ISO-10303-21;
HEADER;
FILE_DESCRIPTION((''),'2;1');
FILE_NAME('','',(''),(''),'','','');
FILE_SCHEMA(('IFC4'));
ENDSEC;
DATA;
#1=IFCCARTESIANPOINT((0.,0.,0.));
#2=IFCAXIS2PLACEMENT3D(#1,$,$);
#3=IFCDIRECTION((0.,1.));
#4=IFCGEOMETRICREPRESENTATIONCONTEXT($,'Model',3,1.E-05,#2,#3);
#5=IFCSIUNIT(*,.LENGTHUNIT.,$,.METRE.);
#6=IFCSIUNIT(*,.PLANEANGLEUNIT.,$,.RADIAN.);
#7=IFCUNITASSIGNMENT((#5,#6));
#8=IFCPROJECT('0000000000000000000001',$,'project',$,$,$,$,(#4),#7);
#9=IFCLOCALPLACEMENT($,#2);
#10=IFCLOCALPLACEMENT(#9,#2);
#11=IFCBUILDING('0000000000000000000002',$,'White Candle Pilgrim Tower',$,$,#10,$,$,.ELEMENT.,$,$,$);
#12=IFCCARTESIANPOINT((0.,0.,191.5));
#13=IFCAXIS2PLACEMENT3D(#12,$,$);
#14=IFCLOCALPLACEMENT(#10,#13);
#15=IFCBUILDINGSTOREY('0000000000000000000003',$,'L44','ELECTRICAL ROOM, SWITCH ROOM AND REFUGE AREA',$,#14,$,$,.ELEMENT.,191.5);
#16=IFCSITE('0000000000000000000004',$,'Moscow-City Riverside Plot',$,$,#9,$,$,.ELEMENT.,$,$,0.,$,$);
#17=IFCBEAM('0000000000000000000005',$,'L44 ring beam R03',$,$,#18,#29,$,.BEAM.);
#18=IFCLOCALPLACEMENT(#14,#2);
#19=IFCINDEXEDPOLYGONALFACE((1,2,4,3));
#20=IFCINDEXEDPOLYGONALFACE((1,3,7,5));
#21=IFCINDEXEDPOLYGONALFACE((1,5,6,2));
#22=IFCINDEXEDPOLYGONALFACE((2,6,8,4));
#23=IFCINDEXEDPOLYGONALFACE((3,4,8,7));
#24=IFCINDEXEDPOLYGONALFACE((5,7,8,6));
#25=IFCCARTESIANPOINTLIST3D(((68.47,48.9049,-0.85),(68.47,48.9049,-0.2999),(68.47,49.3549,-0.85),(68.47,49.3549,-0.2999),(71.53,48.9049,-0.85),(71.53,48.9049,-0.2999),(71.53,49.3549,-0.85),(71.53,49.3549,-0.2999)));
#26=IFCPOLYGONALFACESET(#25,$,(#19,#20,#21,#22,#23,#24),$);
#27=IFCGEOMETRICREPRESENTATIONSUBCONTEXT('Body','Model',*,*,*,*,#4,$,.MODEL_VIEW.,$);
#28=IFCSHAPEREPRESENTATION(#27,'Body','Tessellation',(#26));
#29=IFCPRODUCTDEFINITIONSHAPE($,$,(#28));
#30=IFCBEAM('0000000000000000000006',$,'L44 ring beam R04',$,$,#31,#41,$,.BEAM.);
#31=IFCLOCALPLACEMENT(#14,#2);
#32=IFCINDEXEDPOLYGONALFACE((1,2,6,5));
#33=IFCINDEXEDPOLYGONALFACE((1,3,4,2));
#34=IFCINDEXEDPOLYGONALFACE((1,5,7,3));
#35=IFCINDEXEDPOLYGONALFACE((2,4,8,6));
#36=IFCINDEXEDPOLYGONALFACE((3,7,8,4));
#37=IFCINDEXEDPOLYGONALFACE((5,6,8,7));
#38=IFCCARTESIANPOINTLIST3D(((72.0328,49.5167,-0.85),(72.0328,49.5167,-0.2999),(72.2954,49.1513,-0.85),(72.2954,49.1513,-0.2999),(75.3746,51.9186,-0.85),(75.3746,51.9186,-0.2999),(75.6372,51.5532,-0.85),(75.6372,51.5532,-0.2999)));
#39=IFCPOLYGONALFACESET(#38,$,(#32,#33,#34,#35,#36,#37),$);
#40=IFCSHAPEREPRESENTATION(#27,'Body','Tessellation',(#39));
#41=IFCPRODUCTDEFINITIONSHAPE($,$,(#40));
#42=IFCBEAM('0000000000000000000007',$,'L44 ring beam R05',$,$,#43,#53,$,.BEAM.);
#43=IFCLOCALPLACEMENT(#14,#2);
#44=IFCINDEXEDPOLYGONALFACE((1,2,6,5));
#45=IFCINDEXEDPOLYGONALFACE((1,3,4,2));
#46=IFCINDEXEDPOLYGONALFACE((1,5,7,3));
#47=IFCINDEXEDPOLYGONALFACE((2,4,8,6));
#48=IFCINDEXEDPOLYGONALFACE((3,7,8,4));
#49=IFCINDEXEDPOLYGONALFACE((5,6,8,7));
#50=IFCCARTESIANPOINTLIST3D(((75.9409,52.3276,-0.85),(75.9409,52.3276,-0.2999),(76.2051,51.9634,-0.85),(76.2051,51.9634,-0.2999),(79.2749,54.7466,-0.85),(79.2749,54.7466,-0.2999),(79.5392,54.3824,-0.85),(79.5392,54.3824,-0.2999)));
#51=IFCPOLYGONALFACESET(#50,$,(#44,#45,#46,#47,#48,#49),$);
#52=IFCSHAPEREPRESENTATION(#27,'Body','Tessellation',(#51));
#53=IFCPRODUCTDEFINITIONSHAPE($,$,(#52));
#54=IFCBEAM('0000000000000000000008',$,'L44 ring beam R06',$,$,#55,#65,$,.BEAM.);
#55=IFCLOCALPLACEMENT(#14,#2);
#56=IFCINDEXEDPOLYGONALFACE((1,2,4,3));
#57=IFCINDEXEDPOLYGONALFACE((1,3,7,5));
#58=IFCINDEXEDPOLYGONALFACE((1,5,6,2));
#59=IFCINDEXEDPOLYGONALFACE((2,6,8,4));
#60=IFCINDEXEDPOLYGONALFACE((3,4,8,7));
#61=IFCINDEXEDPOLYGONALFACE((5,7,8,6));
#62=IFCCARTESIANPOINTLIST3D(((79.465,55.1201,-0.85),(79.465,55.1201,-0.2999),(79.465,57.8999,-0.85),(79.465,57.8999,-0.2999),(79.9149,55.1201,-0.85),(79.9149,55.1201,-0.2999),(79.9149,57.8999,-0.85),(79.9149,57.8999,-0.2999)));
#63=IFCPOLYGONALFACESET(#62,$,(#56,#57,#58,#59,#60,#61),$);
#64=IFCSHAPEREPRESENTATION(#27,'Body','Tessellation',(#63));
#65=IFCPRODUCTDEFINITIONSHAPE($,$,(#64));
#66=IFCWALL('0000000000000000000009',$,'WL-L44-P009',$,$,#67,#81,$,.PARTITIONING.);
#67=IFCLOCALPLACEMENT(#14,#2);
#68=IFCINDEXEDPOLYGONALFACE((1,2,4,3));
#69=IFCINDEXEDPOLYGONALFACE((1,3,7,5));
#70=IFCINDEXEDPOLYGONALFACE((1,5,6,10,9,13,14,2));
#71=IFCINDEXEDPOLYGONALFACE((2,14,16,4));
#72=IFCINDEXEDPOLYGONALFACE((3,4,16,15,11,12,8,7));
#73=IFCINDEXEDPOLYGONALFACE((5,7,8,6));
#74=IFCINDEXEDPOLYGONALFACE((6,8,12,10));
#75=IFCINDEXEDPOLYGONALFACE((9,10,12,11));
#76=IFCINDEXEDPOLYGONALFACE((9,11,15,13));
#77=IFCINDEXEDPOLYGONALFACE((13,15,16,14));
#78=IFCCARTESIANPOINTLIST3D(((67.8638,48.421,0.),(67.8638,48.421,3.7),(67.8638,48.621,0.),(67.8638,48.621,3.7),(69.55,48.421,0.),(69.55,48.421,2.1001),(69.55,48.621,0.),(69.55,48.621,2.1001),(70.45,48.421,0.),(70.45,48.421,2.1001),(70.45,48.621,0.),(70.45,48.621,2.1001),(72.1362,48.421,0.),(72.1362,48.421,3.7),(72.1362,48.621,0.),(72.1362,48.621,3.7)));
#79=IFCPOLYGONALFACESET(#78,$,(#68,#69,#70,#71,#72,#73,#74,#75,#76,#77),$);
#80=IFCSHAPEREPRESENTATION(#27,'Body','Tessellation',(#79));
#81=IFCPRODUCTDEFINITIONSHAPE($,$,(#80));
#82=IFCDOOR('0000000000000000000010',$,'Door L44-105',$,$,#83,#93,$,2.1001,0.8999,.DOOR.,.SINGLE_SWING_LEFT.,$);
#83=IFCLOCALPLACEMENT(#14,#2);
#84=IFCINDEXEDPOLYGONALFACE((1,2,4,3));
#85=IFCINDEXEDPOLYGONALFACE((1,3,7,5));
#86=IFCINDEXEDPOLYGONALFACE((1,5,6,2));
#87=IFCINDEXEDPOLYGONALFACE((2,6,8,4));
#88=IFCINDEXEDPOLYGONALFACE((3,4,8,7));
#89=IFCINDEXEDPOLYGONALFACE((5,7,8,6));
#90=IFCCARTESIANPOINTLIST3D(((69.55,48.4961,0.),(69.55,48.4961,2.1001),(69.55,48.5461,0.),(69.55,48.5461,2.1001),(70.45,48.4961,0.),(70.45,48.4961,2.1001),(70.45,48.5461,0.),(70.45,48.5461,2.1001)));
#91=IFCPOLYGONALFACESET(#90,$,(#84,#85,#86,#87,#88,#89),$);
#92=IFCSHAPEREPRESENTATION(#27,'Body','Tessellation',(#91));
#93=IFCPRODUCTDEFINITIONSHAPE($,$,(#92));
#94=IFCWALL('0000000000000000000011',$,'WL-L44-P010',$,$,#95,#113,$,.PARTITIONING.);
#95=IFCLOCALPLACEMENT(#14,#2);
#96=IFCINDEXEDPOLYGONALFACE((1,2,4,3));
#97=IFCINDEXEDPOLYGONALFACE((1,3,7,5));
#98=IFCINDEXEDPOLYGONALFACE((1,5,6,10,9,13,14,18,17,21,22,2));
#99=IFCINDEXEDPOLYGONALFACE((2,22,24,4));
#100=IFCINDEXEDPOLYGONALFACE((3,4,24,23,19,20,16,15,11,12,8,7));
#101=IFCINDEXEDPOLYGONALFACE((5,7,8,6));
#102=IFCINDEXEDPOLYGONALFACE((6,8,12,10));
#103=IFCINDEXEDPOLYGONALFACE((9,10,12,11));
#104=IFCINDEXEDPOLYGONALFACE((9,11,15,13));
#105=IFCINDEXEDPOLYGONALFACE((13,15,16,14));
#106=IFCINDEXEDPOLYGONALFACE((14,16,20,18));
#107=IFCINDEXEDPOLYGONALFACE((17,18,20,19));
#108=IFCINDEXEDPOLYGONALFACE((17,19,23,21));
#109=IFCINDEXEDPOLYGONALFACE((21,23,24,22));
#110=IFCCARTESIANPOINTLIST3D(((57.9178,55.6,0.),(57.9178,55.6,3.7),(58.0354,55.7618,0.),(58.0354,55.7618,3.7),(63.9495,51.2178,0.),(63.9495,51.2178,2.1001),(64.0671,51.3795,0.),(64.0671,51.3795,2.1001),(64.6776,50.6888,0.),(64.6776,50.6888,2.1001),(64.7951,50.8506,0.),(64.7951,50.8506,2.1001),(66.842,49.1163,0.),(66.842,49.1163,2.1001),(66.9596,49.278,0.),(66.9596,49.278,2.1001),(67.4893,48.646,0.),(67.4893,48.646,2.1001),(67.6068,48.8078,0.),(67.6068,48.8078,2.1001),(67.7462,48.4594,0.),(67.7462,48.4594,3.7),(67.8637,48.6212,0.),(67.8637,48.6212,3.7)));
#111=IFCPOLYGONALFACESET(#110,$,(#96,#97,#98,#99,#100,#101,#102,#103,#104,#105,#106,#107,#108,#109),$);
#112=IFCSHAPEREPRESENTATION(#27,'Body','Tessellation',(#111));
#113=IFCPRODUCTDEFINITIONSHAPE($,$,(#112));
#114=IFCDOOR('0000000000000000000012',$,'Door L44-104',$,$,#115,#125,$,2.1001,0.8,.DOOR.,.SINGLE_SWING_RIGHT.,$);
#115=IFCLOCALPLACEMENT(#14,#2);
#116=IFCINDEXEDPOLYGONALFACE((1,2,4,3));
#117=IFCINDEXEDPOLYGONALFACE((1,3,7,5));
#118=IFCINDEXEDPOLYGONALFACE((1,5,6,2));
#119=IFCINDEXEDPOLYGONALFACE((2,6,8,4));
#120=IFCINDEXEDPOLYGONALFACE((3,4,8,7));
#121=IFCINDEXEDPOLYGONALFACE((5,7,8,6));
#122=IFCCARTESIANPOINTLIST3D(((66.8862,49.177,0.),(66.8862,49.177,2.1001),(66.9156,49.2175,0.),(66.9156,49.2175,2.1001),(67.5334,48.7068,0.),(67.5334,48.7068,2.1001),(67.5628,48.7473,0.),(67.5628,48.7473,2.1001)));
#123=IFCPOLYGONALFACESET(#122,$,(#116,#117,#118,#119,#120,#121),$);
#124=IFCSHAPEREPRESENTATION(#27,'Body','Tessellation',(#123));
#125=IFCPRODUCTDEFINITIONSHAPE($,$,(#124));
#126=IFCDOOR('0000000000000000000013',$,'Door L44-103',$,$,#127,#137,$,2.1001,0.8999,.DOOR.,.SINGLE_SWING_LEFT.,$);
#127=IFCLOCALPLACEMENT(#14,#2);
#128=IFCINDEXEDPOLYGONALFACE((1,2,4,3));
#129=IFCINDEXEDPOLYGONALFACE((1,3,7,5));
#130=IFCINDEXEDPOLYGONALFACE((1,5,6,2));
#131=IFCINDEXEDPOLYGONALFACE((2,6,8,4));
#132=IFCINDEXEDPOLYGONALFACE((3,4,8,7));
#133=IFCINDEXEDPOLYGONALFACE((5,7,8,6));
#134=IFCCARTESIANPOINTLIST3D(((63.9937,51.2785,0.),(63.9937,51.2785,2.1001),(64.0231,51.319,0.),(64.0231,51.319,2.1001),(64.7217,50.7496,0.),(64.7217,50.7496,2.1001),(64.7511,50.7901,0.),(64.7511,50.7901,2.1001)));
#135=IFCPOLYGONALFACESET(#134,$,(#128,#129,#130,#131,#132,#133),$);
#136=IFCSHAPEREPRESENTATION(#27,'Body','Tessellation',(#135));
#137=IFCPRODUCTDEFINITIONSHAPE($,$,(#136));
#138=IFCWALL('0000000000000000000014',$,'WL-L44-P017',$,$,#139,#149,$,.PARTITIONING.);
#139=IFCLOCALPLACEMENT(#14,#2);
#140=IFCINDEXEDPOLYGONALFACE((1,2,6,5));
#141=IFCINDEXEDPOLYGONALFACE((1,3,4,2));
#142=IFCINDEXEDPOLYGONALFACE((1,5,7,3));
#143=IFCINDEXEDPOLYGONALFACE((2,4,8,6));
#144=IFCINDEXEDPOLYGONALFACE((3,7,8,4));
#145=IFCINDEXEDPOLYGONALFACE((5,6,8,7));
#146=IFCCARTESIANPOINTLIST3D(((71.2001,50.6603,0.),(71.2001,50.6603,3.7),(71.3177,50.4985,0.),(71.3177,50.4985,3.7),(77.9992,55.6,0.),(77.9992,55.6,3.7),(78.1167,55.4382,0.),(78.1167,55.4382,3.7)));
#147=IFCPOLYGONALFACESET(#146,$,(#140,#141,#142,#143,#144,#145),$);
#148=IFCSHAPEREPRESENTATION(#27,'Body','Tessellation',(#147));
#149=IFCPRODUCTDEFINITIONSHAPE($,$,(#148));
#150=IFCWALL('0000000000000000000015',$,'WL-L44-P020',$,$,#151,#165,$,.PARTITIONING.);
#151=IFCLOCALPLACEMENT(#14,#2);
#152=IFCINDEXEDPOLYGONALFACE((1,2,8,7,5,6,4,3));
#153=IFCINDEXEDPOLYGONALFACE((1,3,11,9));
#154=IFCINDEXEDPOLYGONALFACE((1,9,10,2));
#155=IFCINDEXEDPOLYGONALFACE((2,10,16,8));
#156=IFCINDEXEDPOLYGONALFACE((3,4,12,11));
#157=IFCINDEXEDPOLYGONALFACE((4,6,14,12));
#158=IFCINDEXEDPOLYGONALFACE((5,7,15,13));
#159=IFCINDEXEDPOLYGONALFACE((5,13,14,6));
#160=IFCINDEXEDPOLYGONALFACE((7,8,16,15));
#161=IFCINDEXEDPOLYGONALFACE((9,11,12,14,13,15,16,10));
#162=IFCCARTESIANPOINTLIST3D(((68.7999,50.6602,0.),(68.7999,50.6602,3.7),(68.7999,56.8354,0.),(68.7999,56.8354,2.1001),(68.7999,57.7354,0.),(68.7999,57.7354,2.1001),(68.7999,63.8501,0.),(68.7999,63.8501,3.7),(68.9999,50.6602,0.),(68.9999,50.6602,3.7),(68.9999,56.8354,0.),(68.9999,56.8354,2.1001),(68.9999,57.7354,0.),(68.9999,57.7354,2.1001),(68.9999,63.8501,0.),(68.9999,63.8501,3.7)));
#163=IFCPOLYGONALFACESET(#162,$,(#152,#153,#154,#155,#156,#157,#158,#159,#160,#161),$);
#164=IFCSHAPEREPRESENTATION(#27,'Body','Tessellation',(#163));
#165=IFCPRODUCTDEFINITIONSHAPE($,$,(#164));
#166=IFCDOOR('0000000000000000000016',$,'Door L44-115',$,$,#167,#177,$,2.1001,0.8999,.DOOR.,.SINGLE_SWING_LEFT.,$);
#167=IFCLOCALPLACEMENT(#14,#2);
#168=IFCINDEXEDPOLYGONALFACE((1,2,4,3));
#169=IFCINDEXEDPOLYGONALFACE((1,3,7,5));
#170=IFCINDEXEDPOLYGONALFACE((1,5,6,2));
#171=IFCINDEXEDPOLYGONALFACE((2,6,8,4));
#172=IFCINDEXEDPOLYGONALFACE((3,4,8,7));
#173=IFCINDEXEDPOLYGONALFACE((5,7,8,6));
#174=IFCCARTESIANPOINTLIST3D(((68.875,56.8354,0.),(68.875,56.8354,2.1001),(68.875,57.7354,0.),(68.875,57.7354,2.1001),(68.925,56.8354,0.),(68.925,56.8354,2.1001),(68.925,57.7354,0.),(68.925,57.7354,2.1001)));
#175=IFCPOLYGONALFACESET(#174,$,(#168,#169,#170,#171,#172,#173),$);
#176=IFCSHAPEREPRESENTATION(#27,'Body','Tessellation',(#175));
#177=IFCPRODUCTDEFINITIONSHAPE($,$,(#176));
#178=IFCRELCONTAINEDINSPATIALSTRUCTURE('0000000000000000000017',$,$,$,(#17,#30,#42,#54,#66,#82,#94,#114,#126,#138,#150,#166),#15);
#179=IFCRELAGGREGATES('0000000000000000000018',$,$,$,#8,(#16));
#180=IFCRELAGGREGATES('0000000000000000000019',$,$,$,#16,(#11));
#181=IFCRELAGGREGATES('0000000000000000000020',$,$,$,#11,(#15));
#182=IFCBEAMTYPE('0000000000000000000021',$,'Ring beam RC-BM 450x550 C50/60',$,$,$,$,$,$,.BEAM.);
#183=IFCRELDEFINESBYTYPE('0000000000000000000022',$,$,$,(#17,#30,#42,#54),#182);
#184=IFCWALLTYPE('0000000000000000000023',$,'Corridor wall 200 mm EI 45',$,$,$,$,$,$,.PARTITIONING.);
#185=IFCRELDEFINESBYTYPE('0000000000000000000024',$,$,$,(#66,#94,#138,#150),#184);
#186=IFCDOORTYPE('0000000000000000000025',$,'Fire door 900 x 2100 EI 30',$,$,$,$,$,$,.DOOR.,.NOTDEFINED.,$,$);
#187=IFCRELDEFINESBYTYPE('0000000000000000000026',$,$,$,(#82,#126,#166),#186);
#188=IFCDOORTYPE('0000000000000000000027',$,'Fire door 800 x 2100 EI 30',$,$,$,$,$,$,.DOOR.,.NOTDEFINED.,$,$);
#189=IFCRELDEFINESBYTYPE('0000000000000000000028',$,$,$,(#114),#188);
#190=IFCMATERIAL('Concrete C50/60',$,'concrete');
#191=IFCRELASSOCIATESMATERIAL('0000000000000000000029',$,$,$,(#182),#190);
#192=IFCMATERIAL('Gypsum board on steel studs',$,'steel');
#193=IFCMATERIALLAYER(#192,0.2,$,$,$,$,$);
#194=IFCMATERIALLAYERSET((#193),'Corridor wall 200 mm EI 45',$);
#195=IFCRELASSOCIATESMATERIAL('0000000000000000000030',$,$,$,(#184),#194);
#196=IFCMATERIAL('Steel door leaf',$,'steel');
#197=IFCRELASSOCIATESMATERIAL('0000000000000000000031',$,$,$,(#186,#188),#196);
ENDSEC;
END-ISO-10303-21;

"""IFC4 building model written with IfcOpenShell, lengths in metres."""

from ifc_helpers import new_model, si_unit, direction, frame, frame_2d, origin, origin_2d, place, context, subcontext, project, spatial, rectangle, extrude, material, layer, layer_set, material_profile, profile_set, type_object, element, fill, save


model = new_model("IFC4")

# Units and contexts
model_context = context("Model", 3, precision=1e-05, world=origin(), true_north=direction((0.0, 1.0)))
body_context = subcontext(model_context, "Body", "Model", "MODEL_VIEW")
ifc_project = project(units=[si_unit("LENGTHUNIT", "METRE"), si_unit("PLANEANGLEUNIT", "RADIAN")], contexts=[model_context])

# Site, building, storey
site_placement = place(None, origin())
site = spatial("IfcSite", under=ifc_project, at=site_placement, Name="Moscow-City Riverside Plot", CompositionType="ELEMENT", RefElevation=0.0)
building_placement = place(site_placement, origin())
building = spatial("IfcBuilding", under=site, at=building_placement, Name="White Candle Pilgrim Tower", CompositionType="ELEMENT")
storey_placement = place(building_placement, frame((0.0, 0.0, 191.5)))
storey = spatial("IfcBuildingStorey", under=building, at=storey_placement, Name="L44", Description="ELECTRICAL ROOM, SWITCH ROOM AND REFUGE AREA", CompositionType="ELEMENT", Elevation=191.5)

# Beams
ifc_material_1 = material(Name="Concrete C50/60", Category="concrete")
ifc_material_profile_1 = material_profile(ifc_material_1, rectangle(XDim=0.45, YDim=0.55, at=origin_2d()), Name="RC-BM 450x550")
ifc_profile_set_1 = profile_set([ifc_material_profile_1], Name="Concrete C50/60")
beam_type = type_object("IfcBeamType", Name="Ring beam RC-BM 450x550 C50/60", PredefinedType="BEAM", material=ifc_profile_set_1)
beam_1_placement = place(storey_placement, frame((68.47, 49.1299, -0.575), z_axis=(1.0, 0.0, 0.0), x_axis=(0.0, 1.0, 0.0)))
element("IfcBeam", 1, at=beam_1_placement, inside=storey, type_object=beam_type, Name="L44 ring beam R03", PredefinedType="BEAM", context=body_context, shape_type="SweptSolid", body=[
    extrude(rectangle(XDim=0.45, YDim=0.55, at=origin_2d()), origin(), (0.0, 0.0, 1.0), 3.0601),
])
beam_2_placement = place(storey_placement, frame((72.1641, 49.334, -0.575), z_axis=(0.812022, 0.583626, 0.0), x_axis=(-0.583626, 0.812022, 0.0)))
element("IfcBeam", 2, at=beam_2_placement, inside=storey, type_object=beam_type, Name="L44 ring beam R04", PredefinedType="BEAM", context=body_context, shape_type="SweptSolid", body=[
    extrude(rectangle(XDim=0.45, YDim=0.55, at=origin_2d()), origin(), (0.0, 0.0, 1.0), 4.1155),
])
beam_3_placement = place(storey_placement, frame((76.073, 52.1455, -0.575), z_axis=(0.809402, 0.587255, 0.0), x_axis=(-0.587255, 0.809402, 0.0)))
element("IfcBeam", 3, at=beam_3_placement, inside=storey, type_object=beam_type, Name="L44 ring beam R05", PredefinedType="BEAM", context=body_context, shape_type="SweptSolid", body=[
    extrude(rectangle(XDim=0.45, YDim=0.55, at=origin_2d()), origin(), (0.0, 0.0, 1.0), 4.1191),
])
beam_4_placement = place(storey_placement, frame((79.6899, 55.1201, -0.575), z_axis=(0.0, 1.0, 0.0), x_axis=(-1.0, 0.0, 0.0)))
element("IfcBeam", 4, at=beam_4_placement, inside=storey, type_object=beam_type, Name="L44 ring beam R06", PredefinedType="BEAM", context=body_context, shape_type="SweptSolid", body=[
    extrude(rectangle(XDim=0.45, YDim=0.55, at=origin_2d()), origin(), (0.0, 0.0, 1.0), 2.7798),
])

# Wall, opening, door
ifc_material_2 = material(Name="Gypsum board on steel studs", Category="steel")
ifc_layer_1 = layer(ifc_material_2, 0.2)
ifc_layer_set_1 = layer_set([ifc_layer_1], Name="Corridor wall 200 mm EI 45")
wall_type_1 = type_object("IfcWallType", Name="Corridor wall 200 mm EI 45", PredefinedType="PARTITIONING", material=ifc_layer_set_1)
wall_1_placement = place(storey_placement, frame((72.1362, 48.521, 0.0), z_axis=(0.0, 0.0, 1.0), x_axis=(-1.0, 0.0, 0.0)))
wall_1 = element("IfcWall", 5, at=wall_1_placement, inside=storey, type_object=wall_type_1, Name="WL-L44-P009", PredefinedType="PARTITIONING", context=body_context, shape_type="SweptSolid", body=[
    extrude(rectangle(XDim=4.2725, YDim=0.2, at=frame_2d((2.1362, 0.0))), origin(), (0.0, 0.0, 1.0), 3.7),
])
opening_1_placement = place(wall_1_placement, frame((1.6863, 0.0, 0.0)))
opening_1 = element("IfcOpeningElement", 6, at=opening_1_placement, cuts=wall_1, PredefinedType="OPENING", context=body_context, shape_type="SweptSolid", body=[
    extrude(rectangle(XDim=0.8999, YDim=2.1001, at=frame_2d((0.45, 1.05))), frame((0.0, 0.1099, 0.0), z_axis=(0.0, -1.0, 0.0), x_axis=(1.0, 0.0, 0.0)), (0.0, 0.0, 1.0), 0.22),
])
ifc_material_3 = material(Name="Steel door leaf", Category="steel")
door_type_1 = type_object("IfcDoorType", Name="Fire door 900 x 2100 EI 30", OperationType="NOTDEFINED", PredefinedType="DOOR", material=ifc_material_3)
door_1_placement = place(opening_1_placement, origin())
door_1 = element("IfcDoor", 7, at=door_1_placement, inside=storey, type_object=door_type_1, Name="Door L44-105", OperationType="SINGLE_SWING_LEFT", OverallHeight=2.1001, OverallWidth=0.8999, PredefinedType="DOOR", context=body_context, shape_type="SweptSolid", body=[
    extrude(rectangle(XDim=0.8999, YDim=2.1001, at=frame_2d((0.45, 1.05))), frame((0.0, 0.0249, 0.0), z_axis=(0.0, -1.0, 0.0), x_axis=(1.0, 0.0, 0.0)), (0.0, 0.0, 1.0), 0.05),
])
fill(opening_1, door_1)

# Wall, openings, doors
wall_2_placement = place(storey_placement, frame((67.8049, 48.5403, 0.0), z_axis=(0.0, 0.0, 1.0), x_axis=(-0.809021, 0.58778, 0.0)))
wall_2 = element("IfcWall", 8, at=wall_2_placement, inside=storey, type_object=wall_type_1, Name="WL-L44-P010", PredefinedType="PARTITIONING", context=body_context, shape_type="SweptSolid", body=[
    extrude(rectangle(XDim=12.1484, YDim=0.2, at=frame_2d((6.0742, 0.0))), origin(), (0.0, 0.0, 1.0), 3.7),
])
opening_2_placement = place(wall_2_placement, frame((3.793, 0.0, 0.0)))
opening_2 = element("IfcOpeningElement", 9, at=opening_2_placement, cuts=wall_2, PredefinedType="OPENING", context=body_context, shape_type="SweptSolid", body=[
    extrude(rectangle(XDim=0.8999, YDim=2.1001, at=frame_2d((0.45, 1.05))), frame((0.0, 0.1099, 0.0), z_axis=(0.0, -1.0, 0.0), x_axis=(1.0, 0.0, 0.0)), (0.0, 0.0, 1.0), 0.22),
])
opening_3_placement = place(wall_2_placement, frame((0.3176, 0.0, 0.0)))
opening_3 = element("IfcOpeningElement", 10, at=opening_3_placement, cuts=wall_2, PredefinedType="OPENING", context=body_context, shape_type="SweptSolid", body=[
    extrude(rectangle(XDim=0.8, YDim=2.1001, at=frame_2d((0.3999, 1.05))), frame((0.0, 0.1099, 0.0), z_axis=(0.0, -1.0, 0.0), x_axis=(1.0, 0.0, 0.0)), (0.0, 0.0, 1.0), 0.22),
])
door_type_2 = type_object("IfcDoorType", Name="Fire door 800 x 2100 EI 30", OperationType="NOTDEFINED", PredefinedType="DOOR", material=ifc_material_3)
door_2_placement = place(opening_3_placement, origin())
door_2 = element("IfcDoor", 11, at=door_2_placement, inside=storey, type_object=door_type_2, Name="Door L44-104", OperationType="SINGLE_SWING_RIGHT", OverallHeight=2.1001, OverallWidth=0.8, PredefinedType="DOOR", context=body_context, shape_type="SweptSolid", body=[
    extrude(rectangle(XDim=0.8, YDim=2.1001, at=frame_2d((0.3999, 1.05))), frame((0.0, 0.0249, 0.0), z_axis=(0.0, -1.0, 0.0), x_axis=(1.0, 0.0, 0.0)), (0.0, 0.0, 1.0), 0.05),
])
fill(opening_3, door_2)
door_3_placement = place(opening_2_placement, origin())
door_3 = element("IfcDoor", 12, at=door_3_placement, inside=storey, type_object=door_type_1, Name="Door L44-103", OperationType="SINGLE_SWING_LEFT", OverallHeight=2.1001, OverallWidth=0.8999, PredefinedType="DOOR", context=body_context, shape_type="SweptSolid", body=[
    extrude(rectangle(XDim=0.8999, YDim=2.1001, at=frame_2d((0.45, 1.05))), frame((0.0, 0.0249, 0.0), z_axis=(0.0, -1.0, 0.0), x_axis=(1.0, 0.0, 0.0)), (0.0, 0.0, 1.0), 0.05),
])
fill(opening_2, door_3)

# Wall
wall_3_placement = place(storey_placement, frame((71.2588, 50.5793, 0.0), z_axis=(0.0, 0.0, 1.0), x_axis=(0.809024, 0.587776, 0.0)))
element("IfcWall", 13, at=wall_3_placement, inside=storey, type_object=wall_type_1, Name="WL-L44-P017", PredefinedType="PARTITIONING", context=body_context, shape_type="SweptSolid", body=[
    extrude(rectangle(XDim=8.4041, YDim=0.2, at=frame_2d((4.2021, 0.0))), origin(), (0.0, 0.0, 1.0), 3.7),
])

# Wall, opening, door
wall_4_placement = place(storey_placement, frame((68.8999, 50.6602, 0.0), z_axis=(0.0, 0.0, 1.0), x_axis=(0.0, 1.0, 0.0)))
wall_4 = element("IfcWall", 14, at=wall_4_placement, inside=storey, type_object=wall_type_1, Name="WL-L44-P020", PredefinedType="PARTITIONING", context=body_context, shape_type="SweptSolid", body=[
    extrude(rectangle(XDim=13.1899, YDim=0.2, at=frame_2d((6.595, 0.0))), origin(), (0.0, 0.0, 1.0), 3.7),
])
opening_4_placement = place(wall_4_placement, frame((6.1753, 0.0, 0.0)))
opening_4 = element("IfcOpeningElement", 15, at=opening_4_placement, cuts=wall_4, PredefinedType="OPENING", context=body_context, shape_type="SweptSolid", body=[
    extrude(rectangle(XDim=0.8999, YDim=2.1001, at=frame_2d((0.45, 1.05))), frame((0.0, 0.1099, 0.0), z_axis=(0.0, -1.0, 0.0), x_axis=(1.0, 0.0, 0.0)), (0.0, 0.0, 1.0), 0.22),
])
door_4_placement = place(opening_4_placement, origin())
door_4 = element("IfcDoor", 16, at=door_4_placement, inside=storey, type_object=door_type_1, Name="Door L44-115", OperationType="SINGLE_SWING_LEFT", OverallHeight=2.1001, OverallWidth=0.8999, PredefinedType="DOOR", context=body_context, shape_type="SweptSolid", body=[
    extrude(rectangle(XDim=0.8999, YDim=2.1001, at=frame_2d((0.45, 1.05))), frame((0.0, 0.0249, 0.0), z_axis=(0.0, -1.0, 0.0), x_axis=(1.0, 0.0, 0.0)), (0.0, 0.0, 1.0), 0.05),
])
fill(opening_4, door_4)

save(model, "model.ifc")
